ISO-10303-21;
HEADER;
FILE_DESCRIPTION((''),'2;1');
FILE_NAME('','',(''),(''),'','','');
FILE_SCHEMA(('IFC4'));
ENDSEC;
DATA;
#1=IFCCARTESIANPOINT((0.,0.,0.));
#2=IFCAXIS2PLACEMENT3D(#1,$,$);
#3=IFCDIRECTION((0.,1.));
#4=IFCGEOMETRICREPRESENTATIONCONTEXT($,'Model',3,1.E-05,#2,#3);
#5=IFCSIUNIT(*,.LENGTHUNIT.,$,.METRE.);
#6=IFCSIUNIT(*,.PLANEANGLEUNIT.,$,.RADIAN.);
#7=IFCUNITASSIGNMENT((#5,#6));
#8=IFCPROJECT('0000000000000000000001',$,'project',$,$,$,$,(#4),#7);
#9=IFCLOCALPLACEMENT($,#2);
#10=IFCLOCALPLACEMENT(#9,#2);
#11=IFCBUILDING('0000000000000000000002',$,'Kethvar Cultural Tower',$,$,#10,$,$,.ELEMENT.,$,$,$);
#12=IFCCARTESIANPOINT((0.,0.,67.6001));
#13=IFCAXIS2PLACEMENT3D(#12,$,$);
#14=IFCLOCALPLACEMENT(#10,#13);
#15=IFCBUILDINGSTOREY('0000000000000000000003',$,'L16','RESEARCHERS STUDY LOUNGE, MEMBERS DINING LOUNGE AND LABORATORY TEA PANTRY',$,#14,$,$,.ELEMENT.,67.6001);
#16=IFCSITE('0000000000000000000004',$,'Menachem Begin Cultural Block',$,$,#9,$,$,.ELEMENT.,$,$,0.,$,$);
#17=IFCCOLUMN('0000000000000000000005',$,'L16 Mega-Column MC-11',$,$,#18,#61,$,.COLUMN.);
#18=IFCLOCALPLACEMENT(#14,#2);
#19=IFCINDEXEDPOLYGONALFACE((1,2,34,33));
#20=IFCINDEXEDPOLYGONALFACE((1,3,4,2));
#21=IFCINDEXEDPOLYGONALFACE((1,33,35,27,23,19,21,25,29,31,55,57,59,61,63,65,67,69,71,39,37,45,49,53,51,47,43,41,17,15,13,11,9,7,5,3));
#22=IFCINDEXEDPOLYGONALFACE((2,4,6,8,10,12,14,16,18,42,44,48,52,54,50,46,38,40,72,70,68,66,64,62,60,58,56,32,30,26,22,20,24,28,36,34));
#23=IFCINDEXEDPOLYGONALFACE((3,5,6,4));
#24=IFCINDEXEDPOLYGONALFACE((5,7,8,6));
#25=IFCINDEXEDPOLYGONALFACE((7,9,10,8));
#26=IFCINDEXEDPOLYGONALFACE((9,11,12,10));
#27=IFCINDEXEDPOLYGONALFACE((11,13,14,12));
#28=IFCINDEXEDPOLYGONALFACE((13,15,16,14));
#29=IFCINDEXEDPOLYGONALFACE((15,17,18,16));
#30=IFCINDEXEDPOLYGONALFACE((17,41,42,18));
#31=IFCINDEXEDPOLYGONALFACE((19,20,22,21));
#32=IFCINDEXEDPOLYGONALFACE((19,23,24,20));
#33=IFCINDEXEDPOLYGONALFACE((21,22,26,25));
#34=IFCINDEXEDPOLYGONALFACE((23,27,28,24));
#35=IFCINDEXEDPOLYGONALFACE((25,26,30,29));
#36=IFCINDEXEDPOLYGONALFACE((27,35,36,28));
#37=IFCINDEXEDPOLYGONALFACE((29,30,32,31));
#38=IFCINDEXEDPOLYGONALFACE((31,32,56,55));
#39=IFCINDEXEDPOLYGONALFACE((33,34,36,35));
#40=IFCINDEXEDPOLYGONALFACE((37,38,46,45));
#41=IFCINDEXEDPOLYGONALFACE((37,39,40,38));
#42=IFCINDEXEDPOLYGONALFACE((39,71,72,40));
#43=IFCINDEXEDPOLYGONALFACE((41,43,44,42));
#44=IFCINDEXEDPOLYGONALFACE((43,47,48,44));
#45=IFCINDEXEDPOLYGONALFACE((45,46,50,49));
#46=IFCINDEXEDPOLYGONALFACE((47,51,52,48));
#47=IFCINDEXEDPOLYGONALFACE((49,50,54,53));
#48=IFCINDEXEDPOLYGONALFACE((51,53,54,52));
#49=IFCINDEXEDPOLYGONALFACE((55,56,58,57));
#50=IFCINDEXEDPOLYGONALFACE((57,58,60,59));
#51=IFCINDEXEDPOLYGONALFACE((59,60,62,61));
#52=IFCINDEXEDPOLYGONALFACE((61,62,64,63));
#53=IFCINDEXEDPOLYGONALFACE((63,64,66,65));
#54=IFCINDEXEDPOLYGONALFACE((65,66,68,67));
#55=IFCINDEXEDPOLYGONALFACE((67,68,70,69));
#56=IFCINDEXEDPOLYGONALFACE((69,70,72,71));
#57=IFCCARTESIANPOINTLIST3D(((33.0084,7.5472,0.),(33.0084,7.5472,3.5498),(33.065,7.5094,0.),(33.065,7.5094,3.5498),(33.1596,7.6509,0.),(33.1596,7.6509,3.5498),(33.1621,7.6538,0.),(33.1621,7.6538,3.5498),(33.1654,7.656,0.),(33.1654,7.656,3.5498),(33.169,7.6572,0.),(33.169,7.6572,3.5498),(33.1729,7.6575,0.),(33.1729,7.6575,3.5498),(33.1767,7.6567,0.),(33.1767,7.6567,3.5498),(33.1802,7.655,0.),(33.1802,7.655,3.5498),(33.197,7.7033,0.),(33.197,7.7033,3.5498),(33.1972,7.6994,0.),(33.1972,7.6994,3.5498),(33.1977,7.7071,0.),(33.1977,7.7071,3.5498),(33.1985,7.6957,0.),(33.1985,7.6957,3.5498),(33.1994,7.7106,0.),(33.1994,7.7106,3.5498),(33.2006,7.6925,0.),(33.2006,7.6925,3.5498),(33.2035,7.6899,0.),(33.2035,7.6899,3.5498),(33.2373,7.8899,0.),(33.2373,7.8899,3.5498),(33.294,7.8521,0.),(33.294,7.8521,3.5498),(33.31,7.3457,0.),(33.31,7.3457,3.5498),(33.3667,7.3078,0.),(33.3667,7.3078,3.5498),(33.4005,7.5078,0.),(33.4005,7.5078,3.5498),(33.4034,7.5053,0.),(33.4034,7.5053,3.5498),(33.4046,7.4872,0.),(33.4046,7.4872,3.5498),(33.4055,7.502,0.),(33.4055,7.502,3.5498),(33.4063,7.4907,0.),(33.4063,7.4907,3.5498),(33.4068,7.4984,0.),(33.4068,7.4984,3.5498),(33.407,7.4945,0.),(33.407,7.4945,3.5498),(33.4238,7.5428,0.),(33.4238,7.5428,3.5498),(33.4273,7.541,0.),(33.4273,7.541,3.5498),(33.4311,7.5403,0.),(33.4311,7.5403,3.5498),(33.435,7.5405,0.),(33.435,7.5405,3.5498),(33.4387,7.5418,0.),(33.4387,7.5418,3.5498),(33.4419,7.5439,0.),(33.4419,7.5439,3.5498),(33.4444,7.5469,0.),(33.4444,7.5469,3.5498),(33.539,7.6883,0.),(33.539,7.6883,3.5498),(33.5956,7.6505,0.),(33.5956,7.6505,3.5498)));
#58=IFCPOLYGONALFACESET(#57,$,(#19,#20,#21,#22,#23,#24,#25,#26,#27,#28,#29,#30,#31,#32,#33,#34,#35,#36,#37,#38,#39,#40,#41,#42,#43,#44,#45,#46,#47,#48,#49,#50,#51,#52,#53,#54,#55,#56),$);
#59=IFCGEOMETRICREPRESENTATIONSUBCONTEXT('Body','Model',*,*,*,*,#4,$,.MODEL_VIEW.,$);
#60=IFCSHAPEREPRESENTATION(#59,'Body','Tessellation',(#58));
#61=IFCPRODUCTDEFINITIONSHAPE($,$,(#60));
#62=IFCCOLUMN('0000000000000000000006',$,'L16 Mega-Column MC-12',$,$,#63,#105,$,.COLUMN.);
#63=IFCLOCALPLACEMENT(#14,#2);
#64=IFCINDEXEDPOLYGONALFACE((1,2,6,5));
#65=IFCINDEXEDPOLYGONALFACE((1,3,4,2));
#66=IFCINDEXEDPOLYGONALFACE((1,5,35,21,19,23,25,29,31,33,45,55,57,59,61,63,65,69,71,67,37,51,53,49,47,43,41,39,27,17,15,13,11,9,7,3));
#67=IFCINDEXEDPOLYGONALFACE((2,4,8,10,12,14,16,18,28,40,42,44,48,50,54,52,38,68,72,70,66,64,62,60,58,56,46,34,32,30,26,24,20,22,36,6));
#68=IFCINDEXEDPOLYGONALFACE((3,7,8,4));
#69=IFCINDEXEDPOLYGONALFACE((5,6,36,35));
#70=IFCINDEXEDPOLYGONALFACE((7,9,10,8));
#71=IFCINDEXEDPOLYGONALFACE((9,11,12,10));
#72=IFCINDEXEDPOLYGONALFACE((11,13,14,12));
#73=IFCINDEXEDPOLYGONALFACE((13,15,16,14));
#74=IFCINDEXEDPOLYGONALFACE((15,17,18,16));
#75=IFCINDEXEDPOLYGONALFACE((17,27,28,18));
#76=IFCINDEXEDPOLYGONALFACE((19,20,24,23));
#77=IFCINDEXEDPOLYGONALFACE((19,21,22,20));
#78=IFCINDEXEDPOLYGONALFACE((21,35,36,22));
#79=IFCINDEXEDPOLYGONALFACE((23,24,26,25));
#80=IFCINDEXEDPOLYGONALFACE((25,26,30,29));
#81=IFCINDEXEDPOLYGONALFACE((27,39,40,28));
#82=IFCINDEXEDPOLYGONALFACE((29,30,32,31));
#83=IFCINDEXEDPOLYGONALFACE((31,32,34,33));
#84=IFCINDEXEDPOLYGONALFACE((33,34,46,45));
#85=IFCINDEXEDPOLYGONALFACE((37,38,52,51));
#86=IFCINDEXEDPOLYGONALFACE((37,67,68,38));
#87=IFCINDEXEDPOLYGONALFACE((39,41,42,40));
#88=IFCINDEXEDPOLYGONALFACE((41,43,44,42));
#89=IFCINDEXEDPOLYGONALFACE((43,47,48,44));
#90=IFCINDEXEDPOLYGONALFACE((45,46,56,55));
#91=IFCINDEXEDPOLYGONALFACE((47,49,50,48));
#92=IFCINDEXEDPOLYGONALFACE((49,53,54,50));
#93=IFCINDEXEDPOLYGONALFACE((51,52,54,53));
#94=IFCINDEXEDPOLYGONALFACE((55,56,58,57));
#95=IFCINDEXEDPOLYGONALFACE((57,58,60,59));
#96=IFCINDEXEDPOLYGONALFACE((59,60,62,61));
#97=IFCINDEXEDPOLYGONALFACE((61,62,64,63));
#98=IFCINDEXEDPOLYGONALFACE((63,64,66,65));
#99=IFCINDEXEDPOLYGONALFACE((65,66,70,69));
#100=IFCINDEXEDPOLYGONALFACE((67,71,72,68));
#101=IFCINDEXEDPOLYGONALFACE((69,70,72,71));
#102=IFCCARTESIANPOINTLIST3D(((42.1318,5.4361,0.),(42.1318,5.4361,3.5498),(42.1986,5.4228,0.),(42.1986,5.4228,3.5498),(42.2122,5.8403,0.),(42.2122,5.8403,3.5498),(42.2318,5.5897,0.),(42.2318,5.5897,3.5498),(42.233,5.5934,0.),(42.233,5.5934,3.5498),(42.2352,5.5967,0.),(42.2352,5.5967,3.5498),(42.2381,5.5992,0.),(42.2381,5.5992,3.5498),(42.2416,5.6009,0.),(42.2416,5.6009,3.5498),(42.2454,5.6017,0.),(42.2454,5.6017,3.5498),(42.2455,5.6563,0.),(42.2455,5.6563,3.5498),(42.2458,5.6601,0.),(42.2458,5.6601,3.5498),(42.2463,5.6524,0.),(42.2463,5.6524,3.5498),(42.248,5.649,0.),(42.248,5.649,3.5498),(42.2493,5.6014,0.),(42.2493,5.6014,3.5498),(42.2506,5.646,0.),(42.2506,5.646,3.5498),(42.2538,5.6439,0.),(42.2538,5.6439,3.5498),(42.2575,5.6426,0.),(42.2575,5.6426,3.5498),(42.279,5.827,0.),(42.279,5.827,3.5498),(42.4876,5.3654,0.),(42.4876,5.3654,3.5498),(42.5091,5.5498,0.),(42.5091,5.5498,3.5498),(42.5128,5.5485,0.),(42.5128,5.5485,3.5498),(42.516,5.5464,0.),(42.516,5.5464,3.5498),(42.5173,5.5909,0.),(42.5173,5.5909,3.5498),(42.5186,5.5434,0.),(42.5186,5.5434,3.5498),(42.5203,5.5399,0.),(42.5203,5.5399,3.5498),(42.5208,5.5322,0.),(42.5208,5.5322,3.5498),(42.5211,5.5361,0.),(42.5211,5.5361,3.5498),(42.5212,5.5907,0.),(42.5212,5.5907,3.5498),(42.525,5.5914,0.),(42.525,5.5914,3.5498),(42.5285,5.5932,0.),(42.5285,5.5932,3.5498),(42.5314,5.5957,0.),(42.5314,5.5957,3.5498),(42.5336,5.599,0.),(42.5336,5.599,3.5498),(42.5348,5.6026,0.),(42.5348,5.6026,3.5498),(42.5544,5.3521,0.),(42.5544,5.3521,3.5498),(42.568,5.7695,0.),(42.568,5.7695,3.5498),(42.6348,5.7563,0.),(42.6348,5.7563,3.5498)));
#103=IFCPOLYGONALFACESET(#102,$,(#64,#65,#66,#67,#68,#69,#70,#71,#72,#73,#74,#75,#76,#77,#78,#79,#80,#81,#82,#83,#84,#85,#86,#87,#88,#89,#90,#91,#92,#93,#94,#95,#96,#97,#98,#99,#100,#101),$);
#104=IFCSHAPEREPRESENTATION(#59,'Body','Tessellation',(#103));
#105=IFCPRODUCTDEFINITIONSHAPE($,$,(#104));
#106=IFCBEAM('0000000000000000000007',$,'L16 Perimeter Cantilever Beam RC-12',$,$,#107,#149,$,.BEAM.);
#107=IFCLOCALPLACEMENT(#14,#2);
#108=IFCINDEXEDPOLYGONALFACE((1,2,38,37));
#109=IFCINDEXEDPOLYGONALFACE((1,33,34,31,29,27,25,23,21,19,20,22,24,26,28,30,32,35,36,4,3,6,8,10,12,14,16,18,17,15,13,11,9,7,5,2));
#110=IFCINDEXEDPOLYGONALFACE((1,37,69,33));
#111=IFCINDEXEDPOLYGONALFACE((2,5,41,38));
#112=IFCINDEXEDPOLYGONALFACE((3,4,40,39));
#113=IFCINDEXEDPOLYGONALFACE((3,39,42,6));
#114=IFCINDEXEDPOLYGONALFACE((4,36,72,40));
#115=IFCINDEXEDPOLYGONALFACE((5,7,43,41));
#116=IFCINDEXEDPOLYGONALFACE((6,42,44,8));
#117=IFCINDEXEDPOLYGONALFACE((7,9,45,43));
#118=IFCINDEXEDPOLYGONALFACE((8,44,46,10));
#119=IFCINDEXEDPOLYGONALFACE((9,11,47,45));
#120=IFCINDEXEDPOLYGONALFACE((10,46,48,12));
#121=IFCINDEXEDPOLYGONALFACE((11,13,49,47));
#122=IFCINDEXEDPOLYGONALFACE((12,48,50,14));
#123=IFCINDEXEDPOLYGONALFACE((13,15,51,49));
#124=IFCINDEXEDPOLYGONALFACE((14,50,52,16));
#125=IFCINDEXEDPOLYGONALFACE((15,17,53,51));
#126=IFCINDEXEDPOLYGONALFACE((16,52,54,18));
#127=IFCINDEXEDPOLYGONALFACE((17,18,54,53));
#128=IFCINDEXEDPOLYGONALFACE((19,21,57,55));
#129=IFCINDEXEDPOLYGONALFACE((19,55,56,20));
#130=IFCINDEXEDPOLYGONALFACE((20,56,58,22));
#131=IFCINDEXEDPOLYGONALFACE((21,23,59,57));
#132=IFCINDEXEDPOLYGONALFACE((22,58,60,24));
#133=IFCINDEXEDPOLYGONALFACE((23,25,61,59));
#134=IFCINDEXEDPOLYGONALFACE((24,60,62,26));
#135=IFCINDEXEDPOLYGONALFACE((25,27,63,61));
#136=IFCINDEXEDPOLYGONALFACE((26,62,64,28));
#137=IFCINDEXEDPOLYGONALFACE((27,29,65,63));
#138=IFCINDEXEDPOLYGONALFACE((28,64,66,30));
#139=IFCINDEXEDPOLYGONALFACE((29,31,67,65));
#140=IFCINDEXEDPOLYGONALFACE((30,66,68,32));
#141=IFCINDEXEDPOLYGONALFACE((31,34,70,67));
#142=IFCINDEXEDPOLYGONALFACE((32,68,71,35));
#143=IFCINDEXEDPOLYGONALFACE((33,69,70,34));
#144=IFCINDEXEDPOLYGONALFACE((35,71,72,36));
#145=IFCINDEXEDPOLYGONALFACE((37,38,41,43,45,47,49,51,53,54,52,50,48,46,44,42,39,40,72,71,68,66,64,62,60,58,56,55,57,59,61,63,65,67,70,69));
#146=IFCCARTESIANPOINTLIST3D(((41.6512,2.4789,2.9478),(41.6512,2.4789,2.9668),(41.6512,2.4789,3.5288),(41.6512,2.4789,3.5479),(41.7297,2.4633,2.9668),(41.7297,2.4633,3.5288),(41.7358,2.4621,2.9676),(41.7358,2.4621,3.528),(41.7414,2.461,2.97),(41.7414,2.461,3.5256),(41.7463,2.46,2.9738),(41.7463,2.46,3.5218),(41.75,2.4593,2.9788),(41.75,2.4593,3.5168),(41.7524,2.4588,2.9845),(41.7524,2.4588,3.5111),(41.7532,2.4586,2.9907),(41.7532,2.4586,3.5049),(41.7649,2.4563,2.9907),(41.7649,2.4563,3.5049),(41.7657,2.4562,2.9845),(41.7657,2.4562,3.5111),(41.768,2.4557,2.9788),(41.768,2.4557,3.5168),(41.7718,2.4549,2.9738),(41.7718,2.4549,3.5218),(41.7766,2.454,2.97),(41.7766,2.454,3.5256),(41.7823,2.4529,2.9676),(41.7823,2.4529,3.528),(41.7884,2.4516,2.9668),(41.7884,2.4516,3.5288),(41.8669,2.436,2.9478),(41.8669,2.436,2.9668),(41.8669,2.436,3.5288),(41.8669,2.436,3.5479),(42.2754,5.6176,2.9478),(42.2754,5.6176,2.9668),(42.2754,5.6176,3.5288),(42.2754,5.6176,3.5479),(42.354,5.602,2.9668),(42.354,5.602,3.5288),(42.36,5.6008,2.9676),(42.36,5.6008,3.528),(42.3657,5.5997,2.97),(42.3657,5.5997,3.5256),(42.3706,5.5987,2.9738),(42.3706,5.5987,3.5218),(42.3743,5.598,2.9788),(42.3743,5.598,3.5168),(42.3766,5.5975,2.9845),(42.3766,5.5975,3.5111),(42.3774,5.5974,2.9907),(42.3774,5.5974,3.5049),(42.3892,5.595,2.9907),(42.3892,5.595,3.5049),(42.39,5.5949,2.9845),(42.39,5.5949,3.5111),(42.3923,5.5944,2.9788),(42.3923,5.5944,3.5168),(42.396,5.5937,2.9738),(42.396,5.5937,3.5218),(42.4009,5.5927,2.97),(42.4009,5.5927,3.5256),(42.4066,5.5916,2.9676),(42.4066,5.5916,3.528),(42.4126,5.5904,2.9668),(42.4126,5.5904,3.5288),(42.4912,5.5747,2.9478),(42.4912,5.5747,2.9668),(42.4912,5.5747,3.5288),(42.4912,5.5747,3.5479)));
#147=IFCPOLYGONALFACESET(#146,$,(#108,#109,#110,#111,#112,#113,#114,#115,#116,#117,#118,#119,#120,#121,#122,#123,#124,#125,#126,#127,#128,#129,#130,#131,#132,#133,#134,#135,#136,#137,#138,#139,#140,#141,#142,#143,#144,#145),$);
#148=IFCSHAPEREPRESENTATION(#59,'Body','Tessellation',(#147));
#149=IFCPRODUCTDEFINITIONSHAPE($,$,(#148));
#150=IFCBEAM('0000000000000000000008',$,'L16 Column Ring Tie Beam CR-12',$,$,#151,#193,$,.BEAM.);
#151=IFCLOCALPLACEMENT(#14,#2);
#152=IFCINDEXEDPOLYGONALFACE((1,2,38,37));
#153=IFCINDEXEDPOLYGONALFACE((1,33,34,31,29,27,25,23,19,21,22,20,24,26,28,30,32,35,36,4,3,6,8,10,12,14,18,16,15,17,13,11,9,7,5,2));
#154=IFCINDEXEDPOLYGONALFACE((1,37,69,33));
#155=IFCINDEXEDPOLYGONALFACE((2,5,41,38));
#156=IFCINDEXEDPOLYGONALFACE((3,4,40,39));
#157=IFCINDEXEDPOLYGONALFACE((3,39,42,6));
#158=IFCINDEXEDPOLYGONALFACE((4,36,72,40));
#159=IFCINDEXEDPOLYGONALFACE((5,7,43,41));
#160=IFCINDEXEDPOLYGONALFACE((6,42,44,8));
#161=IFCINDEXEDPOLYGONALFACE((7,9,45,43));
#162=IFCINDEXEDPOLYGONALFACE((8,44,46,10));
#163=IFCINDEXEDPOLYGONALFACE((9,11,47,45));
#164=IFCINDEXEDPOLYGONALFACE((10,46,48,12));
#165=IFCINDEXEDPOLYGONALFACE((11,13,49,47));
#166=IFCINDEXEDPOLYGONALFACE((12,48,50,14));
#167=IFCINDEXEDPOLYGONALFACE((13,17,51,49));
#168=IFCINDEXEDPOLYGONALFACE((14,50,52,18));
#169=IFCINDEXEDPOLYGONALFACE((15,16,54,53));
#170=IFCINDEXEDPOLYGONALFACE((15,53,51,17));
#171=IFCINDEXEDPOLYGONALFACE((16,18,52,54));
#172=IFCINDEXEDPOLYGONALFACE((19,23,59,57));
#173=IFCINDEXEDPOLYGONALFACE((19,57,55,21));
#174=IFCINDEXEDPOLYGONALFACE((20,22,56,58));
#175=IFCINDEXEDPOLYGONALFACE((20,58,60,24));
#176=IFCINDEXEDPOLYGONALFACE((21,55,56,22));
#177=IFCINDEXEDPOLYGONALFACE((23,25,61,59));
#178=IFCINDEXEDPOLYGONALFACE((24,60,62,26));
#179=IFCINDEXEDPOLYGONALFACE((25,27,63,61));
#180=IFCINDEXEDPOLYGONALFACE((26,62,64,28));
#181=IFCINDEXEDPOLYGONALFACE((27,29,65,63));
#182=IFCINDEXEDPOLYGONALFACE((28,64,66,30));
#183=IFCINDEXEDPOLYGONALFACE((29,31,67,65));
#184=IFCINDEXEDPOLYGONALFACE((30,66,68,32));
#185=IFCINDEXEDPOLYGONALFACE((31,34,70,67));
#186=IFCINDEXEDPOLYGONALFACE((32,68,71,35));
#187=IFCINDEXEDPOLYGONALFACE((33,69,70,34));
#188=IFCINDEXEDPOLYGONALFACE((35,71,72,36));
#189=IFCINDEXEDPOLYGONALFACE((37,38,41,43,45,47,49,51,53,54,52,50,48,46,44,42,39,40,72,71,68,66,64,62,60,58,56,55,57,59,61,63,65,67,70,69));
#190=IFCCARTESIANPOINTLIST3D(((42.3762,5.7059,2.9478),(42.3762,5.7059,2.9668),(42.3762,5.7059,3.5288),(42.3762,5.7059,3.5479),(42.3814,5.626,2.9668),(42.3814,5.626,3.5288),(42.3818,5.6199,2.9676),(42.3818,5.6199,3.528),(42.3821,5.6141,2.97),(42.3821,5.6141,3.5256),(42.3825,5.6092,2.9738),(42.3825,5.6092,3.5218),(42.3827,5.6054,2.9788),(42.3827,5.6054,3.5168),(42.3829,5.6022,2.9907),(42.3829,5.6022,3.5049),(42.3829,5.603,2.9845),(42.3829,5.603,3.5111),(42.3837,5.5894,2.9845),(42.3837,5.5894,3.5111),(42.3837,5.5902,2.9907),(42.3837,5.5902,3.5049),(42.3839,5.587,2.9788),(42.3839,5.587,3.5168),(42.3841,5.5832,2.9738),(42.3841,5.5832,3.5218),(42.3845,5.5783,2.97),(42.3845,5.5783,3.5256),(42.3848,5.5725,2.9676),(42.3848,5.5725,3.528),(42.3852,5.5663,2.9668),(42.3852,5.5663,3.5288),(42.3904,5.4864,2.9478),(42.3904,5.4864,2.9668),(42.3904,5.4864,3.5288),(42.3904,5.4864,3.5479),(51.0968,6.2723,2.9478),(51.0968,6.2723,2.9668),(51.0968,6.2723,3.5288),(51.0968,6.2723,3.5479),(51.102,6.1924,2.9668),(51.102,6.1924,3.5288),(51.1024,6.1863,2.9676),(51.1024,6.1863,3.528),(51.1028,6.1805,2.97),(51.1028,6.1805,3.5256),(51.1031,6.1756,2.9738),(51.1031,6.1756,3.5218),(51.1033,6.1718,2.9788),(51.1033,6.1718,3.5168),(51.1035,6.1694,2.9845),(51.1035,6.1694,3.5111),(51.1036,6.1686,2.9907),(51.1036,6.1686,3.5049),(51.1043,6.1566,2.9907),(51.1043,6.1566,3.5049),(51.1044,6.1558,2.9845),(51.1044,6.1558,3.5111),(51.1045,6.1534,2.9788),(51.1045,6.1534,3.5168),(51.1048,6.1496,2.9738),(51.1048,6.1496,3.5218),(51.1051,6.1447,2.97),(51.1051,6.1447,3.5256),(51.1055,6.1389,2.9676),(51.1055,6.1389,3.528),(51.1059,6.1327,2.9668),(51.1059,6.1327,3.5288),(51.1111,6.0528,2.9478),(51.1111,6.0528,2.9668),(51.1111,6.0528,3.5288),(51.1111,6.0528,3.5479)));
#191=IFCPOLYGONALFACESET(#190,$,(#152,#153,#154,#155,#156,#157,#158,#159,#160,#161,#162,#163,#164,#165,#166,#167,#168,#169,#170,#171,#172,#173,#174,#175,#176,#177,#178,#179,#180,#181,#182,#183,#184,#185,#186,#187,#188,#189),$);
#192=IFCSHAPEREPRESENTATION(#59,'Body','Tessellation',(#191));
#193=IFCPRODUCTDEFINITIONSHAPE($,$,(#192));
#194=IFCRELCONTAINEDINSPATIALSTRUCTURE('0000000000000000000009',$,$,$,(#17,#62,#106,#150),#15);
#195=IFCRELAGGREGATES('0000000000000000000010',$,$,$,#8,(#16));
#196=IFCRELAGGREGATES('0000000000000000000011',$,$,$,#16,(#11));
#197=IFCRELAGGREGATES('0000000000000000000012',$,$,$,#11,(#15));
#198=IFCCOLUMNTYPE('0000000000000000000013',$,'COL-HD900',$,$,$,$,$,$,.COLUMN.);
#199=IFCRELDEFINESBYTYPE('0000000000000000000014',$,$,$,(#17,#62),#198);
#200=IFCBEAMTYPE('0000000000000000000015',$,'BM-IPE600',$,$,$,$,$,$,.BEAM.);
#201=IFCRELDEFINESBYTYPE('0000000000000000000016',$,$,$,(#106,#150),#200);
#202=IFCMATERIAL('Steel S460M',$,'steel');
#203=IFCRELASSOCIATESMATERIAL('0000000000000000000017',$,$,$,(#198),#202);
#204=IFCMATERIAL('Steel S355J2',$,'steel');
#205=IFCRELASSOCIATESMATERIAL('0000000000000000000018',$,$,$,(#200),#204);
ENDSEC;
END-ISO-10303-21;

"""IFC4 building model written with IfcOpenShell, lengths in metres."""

from ifc_helpers import new_model, si_unit, direction, frame, origin, origin_2d, place, context, subcontext, project, spatial, i_section, extrude, source, transform, mapped, material, material_profile, profile_set, type_object, element, save


model = new_model("IFC4")

# Units and contexts
model_context = context("Model", 3, precision=1e-05, world=origin(), true_north=direction((0.0, 1.0)))
body_context = subcontext(model_context, "Body", "Model", "MODEL_VIEW")
ifc_project = project(units=[si_unit("LENGTHUNIT", "METRE"), si_unit("PLANEANGLEUNIT", "RADIAN")], contexts=[model_context])

# Site, building, storey
site_placement = place(None, origin())
site = spatial("IfcSite", under=ifc_project, at=site_placement, Name="Menachem Begin Cultural Block", CompositionType="ELEMENT", RefElevation=0.0)
building_placement = place(site_placement, origin())
building = spatial("IfcBuilding", under=site, at=building_placement, Name="Kethvar Cultural Tower", CompositionType="ELEMENT")
storey_placement = place(building_placement, frame((0.0, 0.0, 67.6001)))
storey = spatial("IfcBuildingStorey", under=building, at=storey_placement, Name="L16", Description="RESEARCHERS STUDY LOUNGE, MEMBERS DINING LOUNGE AND LABORATORY TEA PANTRY", CompositionType="ELEMENT", Elevation=67.6001)

# Columns
ifc_material_1 = material(Name="Steel S460M", Category="steel")
ifc_material_profile_1 = material_profile(ifc_material_1, i_section(OverallWidth=0.4121, OverallDepth=0.4309, WebThickness=0.042, FlangeThickness=0.0681, FilletRadius=0.0149, at=origin_2d()), Name="Steel S460M — HD400x900")
ifc_profile_set_1 = profile_set([ifc_material_profile_1], Name="Steel S460M — HD400x900")
column_type = type_object("IfcColumnType", Name="COL-HD900", PredefinedType="COLUMN", material=ifc_profile_set_1)
shared_shape_1 = source(origin(), body_context, "Body", "SweptSolid", [
    extrude(i_section(OverallWidth=0.4121, OverallDepth=0.4309, WebThickness=0.042, FlangeThickness=0.0681, FilletRadius=0.0149, at=origin_2d()), origin(), (0.0, 0.0, 1.0), 3.5498),
])
for number, where, z_axis, x_axis, name in (
    (1, (33.302, 7.5989, 0.0), (0.0, 0.0, 1.0), (-0.55557, -0.83147, 0.0), "L16 Mega-Column MC-11"),
    (2, (42.3833, 5.5962, 0.0), (0.0, 0.0, 1.0), (-0.19509, -0.980785, 0.0), "L16 Mega-Column MC-12"),
):
    element("IfcColumn", number, at=place(storey_placement, frame(where, z_axis=z_axis, x_axis=x_axis)), inside=storey, type_object=column_type, Name=name, PredefinedType="COLUMN", context=body_context, shape_type="MappedRepresentation", body=[
        mapped(shared_shape_1, transform((0.0, 0.0, 0.0), scale=1.0)),
    ])

# Beams
ifc_material_2 = material(Name="Steel S355J2", Category="steel")
ifc_material_profile_2 = material_profile(ifc_material_2, i_section(OverallWidth=0.22, OverallDepth=0.6001, WebThickness=0.012, FlangeThickness=0.019, FilletRadius=0.0239, at=origin_2d()), Name="Steel S355J2 — IPE600")
ifc_profile_set_2 = profile_set([ifc_material_profile_2], Name="Steel S355J2 — IPE600")
beam_type_1 = type_object("IfcBeamType", Name="BM-IPE600", PredefinedType="BEAM", material=ifc_profile_set_2)
shared_shape_2 = source(origin(), body_context, "Body", "SweptSolid", [
    extrude(i_section(OverallWidth=0.22, OverallDepth=0.6001, WebThickness=0.012, FlangeThickness=0.019, FilletRadius=0.0239, at=origin_2d()), origin(), (0.0, 0.0, 1.0), 3.2002),
])
beam_1_placement = place(storey_placement, frame((42.3833, 5.5962, 3.2478), z_axis=(-0.195074, -0.980788, 0.0), x_axis=(0.980788, -0.195074, 0.0)))
element("IfcBeam", 3, at=beam_1_placement, inside=storey, type_object=beam_type_1, Name="L16 Perimeter Cantilever Beam RC-12", PredefinedType="BEAM", context=body_context, shape_type="MappedRepresentation", body=[
    mapped(shared_shape_2, transform((0.0, 0.0, 0.0), scale=1.0)),
])
shared_shape_3 = source(origin(), body_context, "Body", "SweptSolid", [
    extrude(i_section(OverallWidth=0.22, OverallDepth=0.6001, WebThickness=0.012, FlangeThickness=0.019, FilletRadius=0.0239, at=origin_2d()), origin(), (0.0, 0.0, 1.0), 8.739),
])
beam_2_placement = place(storey_placement, frame((42.3833, 5.5962, 3.2478), z_axis=(0.997897, 0.064813, 0.0), x_axis=(-0.064813, 0.997897, 0.0)))
element("IfcBeam", 4, at=beam_2_placement, inside=storey, type_object=beam_type_1, Name="L16 Column Ring Tie Beam CR-12", PredefinedType="BEAM", context=body_context, shape_type="MappedRepresentation", body=[
    mapped(shared_shape_3, transform((0.0, 0.0, 0.0), scale=1.0)),
])

save(model, "model.ifc")
